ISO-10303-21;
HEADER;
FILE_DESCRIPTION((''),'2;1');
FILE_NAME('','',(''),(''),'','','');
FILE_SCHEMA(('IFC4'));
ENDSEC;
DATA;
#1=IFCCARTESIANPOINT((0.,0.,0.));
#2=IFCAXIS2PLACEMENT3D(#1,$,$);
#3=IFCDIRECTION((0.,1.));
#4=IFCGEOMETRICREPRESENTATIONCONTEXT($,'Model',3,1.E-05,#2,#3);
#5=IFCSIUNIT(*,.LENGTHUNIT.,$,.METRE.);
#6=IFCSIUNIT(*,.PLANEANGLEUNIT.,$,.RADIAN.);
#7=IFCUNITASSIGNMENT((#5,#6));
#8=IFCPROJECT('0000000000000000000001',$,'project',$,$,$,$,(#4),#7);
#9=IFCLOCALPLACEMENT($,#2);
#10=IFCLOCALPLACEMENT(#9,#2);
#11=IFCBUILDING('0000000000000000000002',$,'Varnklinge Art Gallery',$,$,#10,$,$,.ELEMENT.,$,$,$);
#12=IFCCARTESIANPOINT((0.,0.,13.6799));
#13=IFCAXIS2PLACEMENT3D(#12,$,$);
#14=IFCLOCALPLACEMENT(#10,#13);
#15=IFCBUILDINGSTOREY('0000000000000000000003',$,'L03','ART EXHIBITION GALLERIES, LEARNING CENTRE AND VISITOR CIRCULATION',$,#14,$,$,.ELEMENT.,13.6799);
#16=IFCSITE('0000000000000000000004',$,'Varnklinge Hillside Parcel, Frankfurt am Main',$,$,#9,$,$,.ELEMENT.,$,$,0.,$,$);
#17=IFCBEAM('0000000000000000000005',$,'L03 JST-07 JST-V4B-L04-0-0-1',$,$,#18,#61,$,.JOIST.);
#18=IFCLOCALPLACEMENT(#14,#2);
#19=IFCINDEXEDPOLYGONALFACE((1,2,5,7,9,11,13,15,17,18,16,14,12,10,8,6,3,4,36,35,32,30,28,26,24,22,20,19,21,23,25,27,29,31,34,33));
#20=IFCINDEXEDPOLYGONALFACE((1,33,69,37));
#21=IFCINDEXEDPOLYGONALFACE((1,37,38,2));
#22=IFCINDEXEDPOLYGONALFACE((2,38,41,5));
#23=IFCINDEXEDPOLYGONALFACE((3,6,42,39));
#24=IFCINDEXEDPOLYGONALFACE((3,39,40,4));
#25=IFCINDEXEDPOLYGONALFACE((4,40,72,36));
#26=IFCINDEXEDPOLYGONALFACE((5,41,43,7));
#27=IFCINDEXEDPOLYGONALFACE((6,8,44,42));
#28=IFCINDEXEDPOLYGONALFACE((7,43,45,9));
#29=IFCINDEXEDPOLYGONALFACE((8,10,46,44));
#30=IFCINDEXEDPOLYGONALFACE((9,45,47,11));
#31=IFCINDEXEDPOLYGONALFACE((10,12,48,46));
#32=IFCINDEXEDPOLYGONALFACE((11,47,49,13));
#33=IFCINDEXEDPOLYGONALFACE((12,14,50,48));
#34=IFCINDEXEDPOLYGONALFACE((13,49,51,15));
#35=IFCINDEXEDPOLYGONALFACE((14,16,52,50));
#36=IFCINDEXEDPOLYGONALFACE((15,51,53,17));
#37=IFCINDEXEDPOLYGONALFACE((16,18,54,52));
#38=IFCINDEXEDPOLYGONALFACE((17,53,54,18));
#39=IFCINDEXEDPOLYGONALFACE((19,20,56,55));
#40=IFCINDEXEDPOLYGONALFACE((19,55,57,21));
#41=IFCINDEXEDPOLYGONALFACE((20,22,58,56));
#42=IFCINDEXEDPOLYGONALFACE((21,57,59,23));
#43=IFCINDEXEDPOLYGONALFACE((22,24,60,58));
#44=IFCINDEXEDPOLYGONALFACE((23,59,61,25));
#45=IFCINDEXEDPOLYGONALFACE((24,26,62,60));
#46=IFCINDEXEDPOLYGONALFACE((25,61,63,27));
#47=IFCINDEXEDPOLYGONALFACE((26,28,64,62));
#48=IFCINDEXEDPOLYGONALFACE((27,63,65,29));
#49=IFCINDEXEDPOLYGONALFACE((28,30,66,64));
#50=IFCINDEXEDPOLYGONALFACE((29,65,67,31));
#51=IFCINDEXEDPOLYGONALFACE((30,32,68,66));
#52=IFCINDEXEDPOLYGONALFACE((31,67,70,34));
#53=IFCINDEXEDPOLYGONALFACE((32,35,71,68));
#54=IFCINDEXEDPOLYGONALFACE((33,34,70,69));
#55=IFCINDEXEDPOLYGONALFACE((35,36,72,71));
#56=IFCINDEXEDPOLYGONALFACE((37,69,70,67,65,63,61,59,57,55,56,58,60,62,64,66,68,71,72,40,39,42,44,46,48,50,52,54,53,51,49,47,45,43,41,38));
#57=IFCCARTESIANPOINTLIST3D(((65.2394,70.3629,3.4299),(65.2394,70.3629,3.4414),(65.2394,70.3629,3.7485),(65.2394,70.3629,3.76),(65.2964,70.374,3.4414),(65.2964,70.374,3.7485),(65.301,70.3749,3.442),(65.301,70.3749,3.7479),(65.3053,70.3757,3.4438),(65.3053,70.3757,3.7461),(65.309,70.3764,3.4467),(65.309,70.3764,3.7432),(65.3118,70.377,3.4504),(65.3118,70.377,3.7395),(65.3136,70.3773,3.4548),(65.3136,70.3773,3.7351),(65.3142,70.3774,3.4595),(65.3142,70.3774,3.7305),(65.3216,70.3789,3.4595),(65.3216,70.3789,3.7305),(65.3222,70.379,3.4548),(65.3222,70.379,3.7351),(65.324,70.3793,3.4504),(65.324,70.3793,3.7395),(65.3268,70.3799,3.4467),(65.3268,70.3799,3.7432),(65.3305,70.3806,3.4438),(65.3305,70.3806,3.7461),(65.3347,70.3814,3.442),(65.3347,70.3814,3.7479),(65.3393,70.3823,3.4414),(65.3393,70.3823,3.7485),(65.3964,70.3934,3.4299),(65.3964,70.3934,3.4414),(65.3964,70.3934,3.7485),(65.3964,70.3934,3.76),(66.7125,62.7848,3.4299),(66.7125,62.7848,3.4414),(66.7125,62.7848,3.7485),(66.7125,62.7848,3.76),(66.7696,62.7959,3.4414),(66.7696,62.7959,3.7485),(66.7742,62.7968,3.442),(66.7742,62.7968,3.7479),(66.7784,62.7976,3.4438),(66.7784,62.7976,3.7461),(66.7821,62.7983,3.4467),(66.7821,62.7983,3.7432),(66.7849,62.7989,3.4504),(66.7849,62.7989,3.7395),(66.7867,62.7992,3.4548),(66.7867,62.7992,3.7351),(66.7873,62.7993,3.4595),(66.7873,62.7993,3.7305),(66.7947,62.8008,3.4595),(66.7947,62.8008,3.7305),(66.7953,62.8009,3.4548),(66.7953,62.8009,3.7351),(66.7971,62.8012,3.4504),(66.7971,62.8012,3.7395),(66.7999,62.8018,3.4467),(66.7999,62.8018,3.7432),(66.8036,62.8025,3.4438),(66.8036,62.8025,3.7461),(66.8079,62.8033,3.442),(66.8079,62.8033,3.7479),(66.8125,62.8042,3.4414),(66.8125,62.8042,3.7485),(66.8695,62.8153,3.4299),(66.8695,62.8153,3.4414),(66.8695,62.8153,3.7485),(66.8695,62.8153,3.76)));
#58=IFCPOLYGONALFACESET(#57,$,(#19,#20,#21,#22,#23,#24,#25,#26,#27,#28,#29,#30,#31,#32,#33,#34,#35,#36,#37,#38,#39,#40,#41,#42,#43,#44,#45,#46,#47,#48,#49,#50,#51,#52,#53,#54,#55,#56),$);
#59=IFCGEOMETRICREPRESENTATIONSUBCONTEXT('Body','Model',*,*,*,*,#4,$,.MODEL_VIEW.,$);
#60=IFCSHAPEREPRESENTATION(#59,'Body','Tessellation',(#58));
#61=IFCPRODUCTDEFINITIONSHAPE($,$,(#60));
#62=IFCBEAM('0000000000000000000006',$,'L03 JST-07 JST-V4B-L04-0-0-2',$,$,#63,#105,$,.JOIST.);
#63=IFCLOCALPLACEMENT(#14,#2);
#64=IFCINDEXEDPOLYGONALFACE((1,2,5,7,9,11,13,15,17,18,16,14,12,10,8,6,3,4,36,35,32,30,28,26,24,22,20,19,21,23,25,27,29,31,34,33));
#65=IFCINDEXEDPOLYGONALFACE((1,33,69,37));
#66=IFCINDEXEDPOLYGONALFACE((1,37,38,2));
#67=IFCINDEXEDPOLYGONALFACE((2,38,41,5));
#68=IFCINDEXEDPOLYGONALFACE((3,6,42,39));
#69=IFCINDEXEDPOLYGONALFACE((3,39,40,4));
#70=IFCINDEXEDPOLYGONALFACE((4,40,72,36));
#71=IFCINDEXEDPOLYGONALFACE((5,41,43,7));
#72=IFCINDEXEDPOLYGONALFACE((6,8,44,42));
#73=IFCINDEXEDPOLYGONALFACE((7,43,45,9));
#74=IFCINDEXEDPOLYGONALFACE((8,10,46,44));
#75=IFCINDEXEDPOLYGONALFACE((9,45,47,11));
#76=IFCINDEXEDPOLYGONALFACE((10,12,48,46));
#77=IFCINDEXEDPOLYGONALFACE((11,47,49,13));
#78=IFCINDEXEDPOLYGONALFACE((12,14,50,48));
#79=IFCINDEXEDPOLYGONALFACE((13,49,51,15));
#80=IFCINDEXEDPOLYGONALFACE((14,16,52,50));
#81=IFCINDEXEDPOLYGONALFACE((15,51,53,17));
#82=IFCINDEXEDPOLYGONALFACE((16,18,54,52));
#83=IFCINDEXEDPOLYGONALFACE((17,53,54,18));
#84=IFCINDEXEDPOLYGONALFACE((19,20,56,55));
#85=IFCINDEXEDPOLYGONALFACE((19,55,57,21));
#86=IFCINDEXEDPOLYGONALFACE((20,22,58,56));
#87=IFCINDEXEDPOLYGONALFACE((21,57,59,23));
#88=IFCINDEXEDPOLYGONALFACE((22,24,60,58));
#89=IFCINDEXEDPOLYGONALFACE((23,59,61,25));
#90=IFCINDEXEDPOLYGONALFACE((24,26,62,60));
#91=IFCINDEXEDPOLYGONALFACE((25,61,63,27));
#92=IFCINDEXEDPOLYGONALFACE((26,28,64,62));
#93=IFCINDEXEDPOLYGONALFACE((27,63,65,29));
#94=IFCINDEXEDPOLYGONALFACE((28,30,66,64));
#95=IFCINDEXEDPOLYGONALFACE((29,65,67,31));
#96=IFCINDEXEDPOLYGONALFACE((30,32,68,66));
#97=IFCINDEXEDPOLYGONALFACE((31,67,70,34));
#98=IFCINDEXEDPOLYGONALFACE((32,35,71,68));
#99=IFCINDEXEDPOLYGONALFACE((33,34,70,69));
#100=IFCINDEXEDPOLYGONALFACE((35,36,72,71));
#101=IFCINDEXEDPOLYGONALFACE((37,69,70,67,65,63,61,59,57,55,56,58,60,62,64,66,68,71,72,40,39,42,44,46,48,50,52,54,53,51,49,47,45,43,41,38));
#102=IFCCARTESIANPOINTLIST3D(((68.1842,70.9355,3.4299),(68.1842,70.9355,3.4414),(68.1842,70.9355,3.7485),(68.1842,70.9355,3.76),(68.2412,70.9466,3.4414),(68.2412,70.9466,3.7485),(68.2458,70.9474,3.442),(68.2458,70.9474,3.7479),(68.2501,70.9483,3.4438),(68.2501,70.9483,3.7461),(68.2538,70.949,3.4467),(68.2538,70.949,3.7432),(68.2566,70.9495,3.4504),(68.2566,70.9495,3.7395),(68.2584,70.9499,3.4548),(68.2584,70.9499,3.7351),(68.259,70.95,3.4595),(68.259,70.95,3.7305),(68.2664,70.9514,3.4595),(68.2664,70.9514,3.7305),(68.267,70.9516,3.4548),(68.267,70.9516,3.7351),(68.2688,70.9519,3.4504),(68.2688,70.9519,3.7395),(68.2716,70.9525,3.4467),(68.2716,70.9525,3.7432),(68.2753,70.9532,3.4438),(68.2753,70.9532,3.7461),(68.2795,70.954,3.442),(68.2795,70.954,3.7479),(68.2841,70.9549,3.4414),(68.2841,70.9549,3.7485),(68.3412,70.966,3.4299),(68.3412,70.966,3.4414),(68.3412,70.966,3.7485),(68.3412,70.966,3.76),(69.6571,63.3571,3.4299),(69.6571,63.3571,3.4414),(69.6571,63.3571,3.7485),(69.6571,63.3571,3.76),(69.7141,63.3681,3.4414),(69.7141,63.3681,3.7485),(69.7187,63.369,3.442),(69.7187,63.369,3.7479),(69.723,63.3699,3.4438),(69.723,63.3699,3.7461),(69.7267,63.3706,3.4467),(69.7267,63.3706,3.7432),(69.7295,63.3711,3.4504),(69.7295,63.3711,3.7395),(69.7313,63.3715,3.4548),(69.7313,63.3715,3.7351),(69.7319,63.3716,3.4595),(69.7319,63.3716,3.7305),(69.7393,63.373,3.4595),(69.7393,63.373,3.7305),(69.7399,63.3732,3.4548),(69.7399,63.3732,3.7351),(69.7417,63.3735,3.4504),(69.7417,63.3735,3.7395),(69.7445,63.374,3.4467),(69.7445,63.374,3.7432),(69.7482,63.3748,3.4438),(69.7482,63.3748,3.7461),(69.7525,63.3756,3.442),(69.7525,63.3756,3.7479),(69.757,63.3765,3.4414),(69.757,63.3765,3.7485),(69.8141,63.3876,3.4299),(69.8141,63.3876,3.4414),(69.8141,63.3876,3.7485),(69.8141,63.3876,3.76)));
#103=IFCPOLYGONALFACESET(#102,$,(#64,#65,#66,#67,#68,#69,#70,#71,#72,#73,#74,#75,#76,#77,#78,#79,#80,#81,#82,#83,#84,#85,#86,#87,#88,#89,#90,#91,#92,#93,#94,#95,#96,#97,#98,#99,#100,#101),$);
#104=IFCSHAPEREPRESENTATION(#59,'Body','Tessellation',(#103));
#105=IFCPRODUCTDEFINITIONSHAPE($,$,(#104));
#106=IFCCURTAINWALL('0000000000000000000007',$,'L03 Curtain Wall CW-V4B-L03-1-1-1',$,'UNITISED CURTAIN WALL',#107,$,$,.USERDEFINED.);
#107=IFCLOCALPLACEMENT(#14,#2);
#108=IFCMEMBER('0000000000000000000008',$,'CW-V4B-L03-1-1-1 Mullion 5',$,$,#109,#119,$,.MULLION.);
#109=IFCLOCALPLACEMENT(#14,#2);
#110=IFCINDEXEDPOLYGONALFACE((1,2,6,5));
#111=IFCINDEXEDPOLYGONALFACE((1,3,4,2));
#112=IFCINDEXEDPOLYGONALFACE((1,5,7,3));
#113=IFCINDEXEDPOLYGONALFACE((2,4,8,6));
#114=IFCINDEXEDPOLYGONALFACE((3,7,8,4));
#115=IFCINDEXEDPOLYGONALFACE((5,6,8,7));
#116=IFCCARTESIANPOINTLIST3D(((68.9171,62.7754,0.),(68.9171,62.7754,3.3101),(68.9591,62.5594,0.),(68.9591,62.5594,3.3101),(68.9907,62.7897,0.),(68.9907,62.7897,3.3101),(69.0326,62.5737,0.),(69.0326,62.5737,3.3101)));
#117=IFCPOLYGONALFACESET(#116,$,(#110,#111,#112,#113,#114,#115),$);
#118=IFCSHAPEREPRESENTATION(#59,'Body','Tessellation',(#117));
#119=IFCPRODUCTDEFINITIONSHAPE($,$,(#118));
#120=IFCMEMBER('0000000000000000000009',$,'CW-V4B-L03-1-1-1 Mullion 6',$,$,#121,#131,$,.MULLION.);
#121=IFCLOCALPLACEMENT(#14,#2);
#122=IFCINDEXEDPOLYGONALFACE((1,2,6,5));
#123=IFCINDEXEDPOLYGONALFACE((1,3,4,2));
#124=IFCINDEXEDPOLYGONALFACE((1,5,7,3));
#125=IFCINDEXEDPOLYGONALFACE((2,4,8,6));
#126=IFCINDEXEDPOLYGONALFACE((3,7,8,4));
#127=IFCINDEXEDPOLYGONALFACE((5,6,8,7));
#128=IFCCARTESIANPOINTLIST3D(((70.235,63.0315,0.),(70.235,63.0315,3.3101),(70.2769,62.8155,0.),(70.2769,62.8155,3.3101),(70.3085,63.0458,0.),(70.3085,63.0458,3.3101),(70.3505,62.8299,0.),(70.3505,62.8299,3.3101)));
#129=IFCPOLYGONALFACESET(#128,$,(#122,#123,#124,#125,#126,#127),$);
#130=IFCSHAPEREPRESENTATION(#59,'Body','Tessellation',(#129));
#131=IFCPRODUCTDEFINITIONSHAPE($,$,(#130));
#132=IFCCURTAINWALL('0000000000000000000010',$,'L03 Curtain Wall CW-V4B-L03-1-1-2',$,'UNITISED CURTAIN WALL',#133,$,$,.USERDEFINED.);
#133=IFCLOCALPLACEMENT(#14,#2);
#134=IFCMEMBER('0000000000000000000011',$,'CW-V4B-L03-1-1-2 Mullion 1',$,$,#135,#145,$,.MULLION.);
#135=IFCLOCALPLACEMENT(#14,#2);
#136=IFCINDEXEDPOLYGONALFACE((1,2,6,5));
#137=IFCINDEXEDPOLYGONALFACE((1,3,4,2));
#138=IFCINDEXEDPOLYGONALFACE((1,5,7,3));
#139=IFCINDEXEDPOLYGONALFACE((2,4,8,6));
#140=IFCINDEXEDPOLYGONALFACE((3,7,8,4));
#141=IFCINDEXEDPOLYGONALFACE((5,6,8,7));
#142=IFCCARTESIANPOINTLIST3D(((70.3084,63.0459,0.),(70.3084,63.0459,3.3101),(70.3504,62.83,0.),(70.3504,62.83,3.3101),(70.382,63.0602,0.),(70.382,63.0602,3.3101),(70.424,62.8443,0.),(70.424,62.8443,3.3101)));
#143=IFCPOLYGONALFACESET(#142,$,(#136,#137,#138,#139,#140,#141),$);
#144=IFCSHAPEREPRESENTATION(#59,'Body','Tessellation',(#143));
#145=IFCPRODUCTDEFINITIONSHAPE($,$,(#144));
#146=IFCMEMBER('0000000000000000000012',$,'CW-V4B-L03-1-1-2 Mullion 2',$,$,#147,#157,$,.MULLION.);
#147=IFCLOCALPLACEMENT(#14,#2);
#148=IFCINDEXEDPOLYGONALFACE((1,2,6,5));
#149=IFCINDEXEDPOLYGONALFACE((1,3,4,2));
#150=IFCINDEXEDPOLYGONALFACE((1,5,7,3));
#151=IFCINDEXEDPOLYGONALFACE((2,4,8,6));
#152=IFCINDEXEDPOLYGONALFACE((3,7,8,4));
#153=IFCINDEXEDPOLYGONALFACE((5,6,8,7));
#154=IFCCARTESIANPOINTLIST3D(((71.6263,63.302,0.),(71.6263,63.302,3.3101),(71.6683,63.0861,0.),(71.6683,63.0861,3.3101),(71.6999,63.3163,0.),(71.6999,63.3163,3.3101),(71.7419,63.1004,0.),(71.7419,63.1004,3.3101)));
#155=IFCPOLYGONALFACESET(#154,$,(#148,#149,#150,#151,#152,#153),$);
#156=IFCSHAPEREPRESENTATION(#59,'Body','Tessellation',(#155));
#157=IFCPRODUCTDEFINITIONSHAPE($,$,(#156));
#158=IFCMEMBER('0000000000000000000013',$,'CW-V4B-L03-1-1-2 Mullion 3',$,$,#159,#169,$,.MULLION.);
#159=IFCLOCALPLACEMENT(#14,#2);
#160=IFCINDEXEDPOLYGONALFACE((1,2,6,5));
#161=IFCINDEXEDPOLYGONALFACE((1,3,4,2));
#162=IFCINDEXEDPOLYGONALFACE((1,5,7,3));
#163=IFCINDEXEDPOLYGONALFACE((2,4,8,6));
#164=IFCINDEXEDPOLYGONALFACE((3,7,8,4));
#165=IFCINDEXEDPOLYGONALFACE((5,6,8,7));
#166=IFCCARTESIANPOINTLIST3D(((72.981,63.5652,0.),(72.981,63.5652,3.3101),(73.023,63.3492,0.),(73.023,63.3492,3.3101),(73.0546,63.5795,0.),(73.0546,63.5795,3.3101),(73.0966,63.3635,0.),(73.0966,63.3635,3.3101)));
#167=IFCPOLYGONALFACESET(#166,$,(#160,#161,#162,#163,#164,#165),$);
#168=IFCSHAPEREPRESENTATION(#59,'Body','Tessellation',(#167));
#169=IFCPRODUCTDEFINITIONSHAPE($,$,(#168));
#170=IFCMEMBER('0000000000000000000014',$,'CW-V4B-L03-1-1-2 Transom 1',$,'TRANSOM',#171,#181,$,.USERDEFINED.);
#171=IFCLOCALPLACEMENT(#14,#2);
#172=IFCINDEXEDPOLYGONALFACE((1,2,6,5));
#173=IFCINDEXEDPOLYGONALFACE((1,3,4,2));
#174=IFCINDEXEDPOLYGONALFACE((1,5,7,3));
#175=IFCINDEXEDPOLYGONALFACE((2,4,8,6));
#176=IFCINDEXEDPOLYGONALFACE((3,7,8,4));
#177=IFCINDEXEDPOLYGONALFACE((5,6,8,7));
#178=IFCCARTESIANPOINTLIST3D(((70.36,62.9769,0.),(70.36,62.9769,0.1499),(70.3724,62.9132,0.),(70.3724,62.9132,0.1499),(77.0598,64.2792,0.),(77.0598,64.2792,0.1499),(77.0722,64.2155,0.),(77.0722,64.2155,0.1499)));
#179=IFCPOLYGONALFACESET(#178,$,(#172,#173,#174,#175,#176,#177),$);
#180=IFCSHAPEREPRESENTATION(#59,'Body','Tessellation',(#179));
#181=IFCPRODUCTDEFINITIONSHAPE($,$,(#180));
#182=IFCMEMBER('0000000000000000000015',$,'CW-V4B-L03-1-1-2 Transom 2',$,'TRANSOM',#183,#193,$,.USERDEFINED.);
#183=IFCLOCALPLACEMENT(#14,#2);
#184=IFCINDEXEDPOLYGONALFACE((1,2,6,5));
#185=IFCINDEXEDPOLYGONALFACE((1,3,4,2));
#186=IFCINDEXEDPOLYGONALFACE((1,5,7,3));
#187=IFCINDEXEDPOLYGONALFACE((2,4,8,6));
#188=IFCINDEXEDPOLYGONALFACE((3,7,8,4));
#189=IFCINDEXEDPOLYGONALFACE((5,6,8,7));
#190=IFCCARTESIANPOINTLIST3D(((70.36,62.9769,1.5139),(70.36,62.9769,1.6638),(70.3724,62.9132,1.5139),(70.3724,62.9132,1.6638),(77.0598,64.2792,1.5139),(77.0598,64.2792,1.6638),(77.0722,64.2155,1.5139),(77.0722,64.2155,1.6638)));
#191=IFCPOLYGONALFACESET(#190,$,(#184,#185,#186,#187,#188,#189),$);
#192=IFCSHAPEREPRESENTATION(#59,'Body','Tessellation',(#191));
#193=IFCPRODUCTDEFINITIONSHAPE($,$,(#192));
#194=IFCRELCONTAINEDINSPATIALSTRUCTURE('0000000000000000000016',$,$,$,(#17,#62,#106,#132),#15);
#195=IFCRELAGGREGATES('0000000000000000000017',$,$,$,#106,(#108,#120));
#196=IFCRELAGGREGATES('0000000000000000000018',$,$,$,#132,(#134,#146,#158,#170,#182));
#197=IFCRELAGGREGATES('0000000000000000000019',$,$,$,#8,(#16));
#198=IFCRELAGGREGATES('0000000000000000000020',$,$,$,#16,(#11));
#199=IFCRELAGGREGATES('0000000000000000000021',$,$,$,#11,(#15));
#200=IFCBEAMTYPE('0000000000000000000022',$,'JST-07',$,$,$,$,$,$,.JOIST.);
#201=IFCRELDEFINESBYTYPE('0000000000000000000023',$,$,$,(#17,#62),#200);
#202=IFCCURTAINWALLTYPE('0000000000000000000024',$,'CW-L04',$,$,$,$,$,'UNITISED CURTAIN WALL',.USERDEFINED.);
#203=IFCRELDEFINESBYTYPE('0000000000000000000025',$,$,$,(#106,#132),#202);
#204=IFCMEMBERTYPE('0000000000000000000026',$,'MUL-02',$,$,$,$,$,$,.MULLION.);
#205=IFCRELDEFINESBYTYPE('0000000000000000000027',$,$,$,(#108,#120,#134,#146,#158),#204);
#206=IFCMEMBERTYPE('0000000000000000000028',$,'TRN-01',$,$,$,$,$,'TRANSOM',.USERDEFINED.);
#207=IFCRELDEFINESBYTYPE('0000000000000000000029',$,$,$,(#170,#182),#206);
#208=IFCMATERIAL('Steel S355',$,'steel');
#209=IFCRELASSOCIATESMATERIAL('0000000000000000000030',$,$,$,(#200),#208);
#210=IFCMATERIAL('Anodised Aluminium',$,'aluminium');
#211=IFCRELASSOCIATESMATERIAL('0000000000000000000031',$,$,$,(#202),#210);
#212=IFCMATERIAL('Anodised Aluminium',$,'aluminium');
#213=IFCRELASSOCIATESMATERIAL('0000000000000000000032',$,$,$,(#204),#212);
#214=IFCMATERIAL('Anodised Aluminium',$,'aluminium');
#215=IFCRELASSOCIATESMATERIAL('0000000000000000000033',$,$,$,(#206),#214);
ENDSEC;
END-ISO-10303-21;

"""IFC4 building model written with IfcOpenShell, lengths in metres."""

from ifc_helpers import new_model, si_unit, direction, frame, origin, origin_2d, place, context, subcontext, project, spatial, rectangle, i_section, extrude, material, material_profile, profile_set, type_object, element, aggregate, save


model = new_model("IFC4")

# Units and contexts
model_context = context("Model", 3, precision=1e-05, world=origin(), true_north=direction((0.0, 1.0)))
body_context = subcontext(model_context, "Body", "Model", "MODEL_VIEW")
ifc_project = project(units=[si_unit("LENGTHUNIT", "METRE"), si_unit("PLANEANGLEUNIT", "RADIAN")], contexts=[model_context])

# Site, building, storey
site_placement = place(None, origin())
site = spatial("IfcSite", under=ifc_project, at=site_placement, Name="Varnklinge Hillside Parcel, Frankfurt am Main", CompositionType="ELEMENT", RefElevation=0.0)
building_placement = place(site_placement, origin())
building = spatial("IfcBuilding", under=site, at=building_placement, Name="Varnklinge Art Gallery", CompositionType="ELEMENT")
storey_placement = place(building_placement, frame((0.0, 0.0, 13.6799)))
storey = spatial("IfcBuildingStorey", under=building, at=storey_placement, Name="L03", Description="ART EXHIBITION GALLERIES, LEARNING CENTRE AND VISITOR CIRCULATION", CompositionType="ELEMENT", Elevation=13.6799)

# Beams
ifc_material_1 = material(Name="Steel S355", Category="steel")
ifc_material_profile_1 = material_profile(ifc_material_1, i_section(OverallWidth=0.1599, OverallDepth=0.3301, WebThickness=0.0076, FlangeThickness=0.0115, FilletRadius=0.0181, at=origin_2d()), Name="IPE 330")
ifc_profile_set_1 = profile_set([ifc_material_profile_1], Name="Steel S355")
beam_type = type_object("IfcBeamType", Name="JST-07", PredefinedType="JOIST", material=ifc_profile_set_1)
beam_1_placement = place(storey_placement, frame((66.791, 62.8, 3.595), z_axis=(-0.190822, 0.981625, 0.0), x_axis=(-0.981625, -0.190822, 0.0)))
element("IfcBeam", 1, at=beam_1_placement, inside=storey, type_object=beam_type, Name="L03 JST-07 JST-V4B-L04-0-0-1", PredefinedType="JOIST", context=body_context, shape_type="SweptSolid", body=[
    extrude(i_section(OverallWidth=0.1599, OverallDepth=0.3301, WebThickness=0.0076, FlangeThickness=0.0115, FilletRadius=0.0181, at=origin_2d()), origin(), (0.0, 0.0, 1.0), 7.72),
])
beam_2_placement = place(storey_placement, frame((69.7356, 63.3723, 3.595), z_axis=(-0.190786, 0.981632, 0.0), x_axis=(-0.981632, -0.190786, 0.0)))
element("IfcBeam", 2, at=beam_2_placement, inside=storey, type_object=beam_type, Name="L03 JST-07 JST-V4B-L04-0-0-2", PredefinedType="JOIST", context=body_context, shape_type="SweptSolid", body=[
    extrude(i_section(OverallWidth=0.1599, OverallDepth=0.3301, WebThickness=0.0076, FlangeThickness=0.0115, FilletRadius=0.0181, at=origin_2d()), origin(), (0.0, 0.0, 1.0), 7.7202),
])

# Curtain walls, members
ifc_material_2 = material(Name="Anodised Aluminium", Category="aluminium")
curtain_wall_type = type_object("IfcCurtainWallType", Name="CW-L04", ElementType="UNITISED CURTAIN WALL", PredefinedType="USERDEFINED", material=ifc_material_2)
curtain_wall_1_placement = place(storey_placement, origin())
curtain_wall_1 = element("IfcCurtainWall", 3, at=curtain_wall_1_placement, inside=storey, type_object=curtain_wall_type, Name="L03 Curtain Wall CW-V4B-L03-1-1-1", ObjectType="UNITISED CURTAIN WALL", PredefinedType="USERDEFINED")
ifc_material_3 = material(Name="Anodised Aluminium", Category="aluminium")
ifc_material_profile_2 = material_profile(ifc_material_3, rectangle(XDim=0.075, YDim=0.22, at=origin_2d()), Name="ALU 75x220")
ifc_profile_set_2 = profile_set([ifc_material_profile_2], Name="Anodised Aluminium")
member_type_1 = type_object("IfcMemberType", Name="MUL-02", PredefinedType="MULLION", material=ifc_profile_set_2)
member_1_placement = place(storey_placement, frame((68.9749, 62.6746, 0.0), z_axis=(0.0, 0.0, 1.0), x_axis=(0.981627, 0.190809, 0.0)))
member_1 = element("IfcMember", 4, at=member_1_placement, type_object=member_type_1, Name="CW-V4B-L03-1-1-1 Mullion 5", PredefinedType="MULLION", context=body_context, shape_type="SweptSolid", body=[
    extrude(rectangle(XDim=0.075, YDim=0.22, at=origin_2d()), origin(), (0.0, 0.0, 1.0), 3.3101),
])
member_2_placement = place(storey_placement, frame((70.2927, 62.9307, 0.0), z_axis=(0.0, 0.0, 1.0), x_axis=(0.981627, 0.190809, 0.0)))
member_2 = element("IfcMember", 5, at=member_2_placement, type_object=member_type_1, Name="CW-V4B-L03-1-1-1 Mullion 6", PredefinedType="MULLION", context=body_context, shape_type="SweptSolid", body=[
    extrude(rectangle(XDim=0.075, YDim=0.22, at=origin_2d()), origin(), (0.0, 0.0, 1.0), 3.3101),
])
curtain_wall_2_placement = place(storey_placement, origin())
curtain_wall_2 = element("IfcCurtainWall", 6, at=curtain_wall_2_placement, inside=storey, type_object=curtain_wall_type, Name="L03 Curtain Wall CW-V4B-L03-1-1-2", ObjectType="UNITISED CURTAIN WALL", PredefinedType="USERDEFINED")
member_3_placement = place(storey_placement, frame((70.3662, 62.9451, 0.0), z_axis=(0.0, 0.0, 1.0), x_axis=(0.981627, 0.190809, 0.0)))
member_3 = element("IfcMember", 7, at=member_3_placement, type_object=member_type_1, Name="CW-V4B-L03-1-1-2 Mullion 1", PredefinedType="MULLION", context=body_context, shape_type="SweptSolid", body=[
    extrude(rectangle(XDim=0.075, YDim=0.22, at=origin_2d()), origin(), (0.0, 0.0, 1.0), 3.3101),
])
member_4_placement = place(storey_placement, frame((71.6841, 63.2012, 0.0), z_axis=(0.0, 0.0, 1.0), x_axis=(0.981627, 0.190809, 0.0)))
member_4 = element("IfcMember", 8, at=member_4_placement, type_object=member_type_1, Name="CW-V4B-L03-1-1-2 Mullion 2", PredefinedType="MULLION", context=body_context, shape_type="SweptSolid", body=[
    extrude(rectangle(XDim=0.075, YDim=0.22, at=origin_2d()), origin(), (0.0, 0.0, 1.0), 3.3101),
])
member_5_placement = place(storey_placement, frame((73.0388, 63.4644, 0.0), z_axis=(0.0, 0.0, 1.0), x_axis=(0.981627, 0.190809, 0.0)))
member_5 = element("IfcMember", 9, at=member_5_placement, type_object=member_type_1, Name="CW-V4B-L03-1-1-2 Mullion 3", PredefinedType="MULLION", context=body_context, shape_type="SweptSolid", body=[
    extrude(rectangle(XDim=0.075, YDim=0.22, at=origin_2d()), origin(), (0.0, 0.0, 1.0), 3.3101),
])
ifc_material_4 = material(Name="Anodised Aluminium", Category="aluminium")
ifc_material_profile_3 = material_profile(ifc_material_4, rectangle(XDim=0.0649, YDim=0.1499, at=origin_2d()), Name="ALU 65x150")
ifc_profile_set_3 = profile_set([ifc_material_profile_3], Name="Anodised Aluminium")
member_type_2 = type_object("IfcMemberType", Name="TRN-01", ElementType="TRANSOM", PredefinedType="USERDEFINED", material=ifc_profile_set_3)
member_6_placement = place(storey_placement, frame((70.3662, 62.9451, 0.075), z_axis=(0.981628, 0.190803, 0.0), x_axis=(-0.190803, 0.981628, 0.0)))
member_6 = element("IfcMember", 10, at=member_6_placement, type_object=member_type_2, Name="CW-V4B-L03-1-1-2 Transom 1", ObjectType="TRANSOM", PredefinedType="USERDEFINED", context=body_context, shape_type="SweptSolid", body=[
    extrude(rectangle(XDim=0.0649, YDim=0.1499, at=origin_2d()), origin(), (0.0, 0.0, 1.0), 6.8252),
])
member_7_placement = place(storey_placement, frame((70.3662, 62.9451, 1.5889), z_axis=(0.981628, 0.190803, 0.0), x_axis=(-0.190803, 0.981628, 0.0)))
member_7 = element("IfcMember", 11, at=member_7_placement, type_object=member_type_2, Name="CW-V4B-L03-1-1-2 Transom 2", ObjectType="TRANSOM", PredefinedType="USERDEFINED", context=body_context, shape_type="SweptSolid", body=[
    extrude(rectangle(XDim=0.0649, YDim=0.1499, at=origin_2d()), origin(), (0.0, 0.0, 1.0), 6.8252),
])

aggregate(curtain_wall_1, [member_1, member_2])
aggregate(curtain_wall_2, [member_3, member_4, member_5, member_6, member_7])

save(model, "model.ifc")
